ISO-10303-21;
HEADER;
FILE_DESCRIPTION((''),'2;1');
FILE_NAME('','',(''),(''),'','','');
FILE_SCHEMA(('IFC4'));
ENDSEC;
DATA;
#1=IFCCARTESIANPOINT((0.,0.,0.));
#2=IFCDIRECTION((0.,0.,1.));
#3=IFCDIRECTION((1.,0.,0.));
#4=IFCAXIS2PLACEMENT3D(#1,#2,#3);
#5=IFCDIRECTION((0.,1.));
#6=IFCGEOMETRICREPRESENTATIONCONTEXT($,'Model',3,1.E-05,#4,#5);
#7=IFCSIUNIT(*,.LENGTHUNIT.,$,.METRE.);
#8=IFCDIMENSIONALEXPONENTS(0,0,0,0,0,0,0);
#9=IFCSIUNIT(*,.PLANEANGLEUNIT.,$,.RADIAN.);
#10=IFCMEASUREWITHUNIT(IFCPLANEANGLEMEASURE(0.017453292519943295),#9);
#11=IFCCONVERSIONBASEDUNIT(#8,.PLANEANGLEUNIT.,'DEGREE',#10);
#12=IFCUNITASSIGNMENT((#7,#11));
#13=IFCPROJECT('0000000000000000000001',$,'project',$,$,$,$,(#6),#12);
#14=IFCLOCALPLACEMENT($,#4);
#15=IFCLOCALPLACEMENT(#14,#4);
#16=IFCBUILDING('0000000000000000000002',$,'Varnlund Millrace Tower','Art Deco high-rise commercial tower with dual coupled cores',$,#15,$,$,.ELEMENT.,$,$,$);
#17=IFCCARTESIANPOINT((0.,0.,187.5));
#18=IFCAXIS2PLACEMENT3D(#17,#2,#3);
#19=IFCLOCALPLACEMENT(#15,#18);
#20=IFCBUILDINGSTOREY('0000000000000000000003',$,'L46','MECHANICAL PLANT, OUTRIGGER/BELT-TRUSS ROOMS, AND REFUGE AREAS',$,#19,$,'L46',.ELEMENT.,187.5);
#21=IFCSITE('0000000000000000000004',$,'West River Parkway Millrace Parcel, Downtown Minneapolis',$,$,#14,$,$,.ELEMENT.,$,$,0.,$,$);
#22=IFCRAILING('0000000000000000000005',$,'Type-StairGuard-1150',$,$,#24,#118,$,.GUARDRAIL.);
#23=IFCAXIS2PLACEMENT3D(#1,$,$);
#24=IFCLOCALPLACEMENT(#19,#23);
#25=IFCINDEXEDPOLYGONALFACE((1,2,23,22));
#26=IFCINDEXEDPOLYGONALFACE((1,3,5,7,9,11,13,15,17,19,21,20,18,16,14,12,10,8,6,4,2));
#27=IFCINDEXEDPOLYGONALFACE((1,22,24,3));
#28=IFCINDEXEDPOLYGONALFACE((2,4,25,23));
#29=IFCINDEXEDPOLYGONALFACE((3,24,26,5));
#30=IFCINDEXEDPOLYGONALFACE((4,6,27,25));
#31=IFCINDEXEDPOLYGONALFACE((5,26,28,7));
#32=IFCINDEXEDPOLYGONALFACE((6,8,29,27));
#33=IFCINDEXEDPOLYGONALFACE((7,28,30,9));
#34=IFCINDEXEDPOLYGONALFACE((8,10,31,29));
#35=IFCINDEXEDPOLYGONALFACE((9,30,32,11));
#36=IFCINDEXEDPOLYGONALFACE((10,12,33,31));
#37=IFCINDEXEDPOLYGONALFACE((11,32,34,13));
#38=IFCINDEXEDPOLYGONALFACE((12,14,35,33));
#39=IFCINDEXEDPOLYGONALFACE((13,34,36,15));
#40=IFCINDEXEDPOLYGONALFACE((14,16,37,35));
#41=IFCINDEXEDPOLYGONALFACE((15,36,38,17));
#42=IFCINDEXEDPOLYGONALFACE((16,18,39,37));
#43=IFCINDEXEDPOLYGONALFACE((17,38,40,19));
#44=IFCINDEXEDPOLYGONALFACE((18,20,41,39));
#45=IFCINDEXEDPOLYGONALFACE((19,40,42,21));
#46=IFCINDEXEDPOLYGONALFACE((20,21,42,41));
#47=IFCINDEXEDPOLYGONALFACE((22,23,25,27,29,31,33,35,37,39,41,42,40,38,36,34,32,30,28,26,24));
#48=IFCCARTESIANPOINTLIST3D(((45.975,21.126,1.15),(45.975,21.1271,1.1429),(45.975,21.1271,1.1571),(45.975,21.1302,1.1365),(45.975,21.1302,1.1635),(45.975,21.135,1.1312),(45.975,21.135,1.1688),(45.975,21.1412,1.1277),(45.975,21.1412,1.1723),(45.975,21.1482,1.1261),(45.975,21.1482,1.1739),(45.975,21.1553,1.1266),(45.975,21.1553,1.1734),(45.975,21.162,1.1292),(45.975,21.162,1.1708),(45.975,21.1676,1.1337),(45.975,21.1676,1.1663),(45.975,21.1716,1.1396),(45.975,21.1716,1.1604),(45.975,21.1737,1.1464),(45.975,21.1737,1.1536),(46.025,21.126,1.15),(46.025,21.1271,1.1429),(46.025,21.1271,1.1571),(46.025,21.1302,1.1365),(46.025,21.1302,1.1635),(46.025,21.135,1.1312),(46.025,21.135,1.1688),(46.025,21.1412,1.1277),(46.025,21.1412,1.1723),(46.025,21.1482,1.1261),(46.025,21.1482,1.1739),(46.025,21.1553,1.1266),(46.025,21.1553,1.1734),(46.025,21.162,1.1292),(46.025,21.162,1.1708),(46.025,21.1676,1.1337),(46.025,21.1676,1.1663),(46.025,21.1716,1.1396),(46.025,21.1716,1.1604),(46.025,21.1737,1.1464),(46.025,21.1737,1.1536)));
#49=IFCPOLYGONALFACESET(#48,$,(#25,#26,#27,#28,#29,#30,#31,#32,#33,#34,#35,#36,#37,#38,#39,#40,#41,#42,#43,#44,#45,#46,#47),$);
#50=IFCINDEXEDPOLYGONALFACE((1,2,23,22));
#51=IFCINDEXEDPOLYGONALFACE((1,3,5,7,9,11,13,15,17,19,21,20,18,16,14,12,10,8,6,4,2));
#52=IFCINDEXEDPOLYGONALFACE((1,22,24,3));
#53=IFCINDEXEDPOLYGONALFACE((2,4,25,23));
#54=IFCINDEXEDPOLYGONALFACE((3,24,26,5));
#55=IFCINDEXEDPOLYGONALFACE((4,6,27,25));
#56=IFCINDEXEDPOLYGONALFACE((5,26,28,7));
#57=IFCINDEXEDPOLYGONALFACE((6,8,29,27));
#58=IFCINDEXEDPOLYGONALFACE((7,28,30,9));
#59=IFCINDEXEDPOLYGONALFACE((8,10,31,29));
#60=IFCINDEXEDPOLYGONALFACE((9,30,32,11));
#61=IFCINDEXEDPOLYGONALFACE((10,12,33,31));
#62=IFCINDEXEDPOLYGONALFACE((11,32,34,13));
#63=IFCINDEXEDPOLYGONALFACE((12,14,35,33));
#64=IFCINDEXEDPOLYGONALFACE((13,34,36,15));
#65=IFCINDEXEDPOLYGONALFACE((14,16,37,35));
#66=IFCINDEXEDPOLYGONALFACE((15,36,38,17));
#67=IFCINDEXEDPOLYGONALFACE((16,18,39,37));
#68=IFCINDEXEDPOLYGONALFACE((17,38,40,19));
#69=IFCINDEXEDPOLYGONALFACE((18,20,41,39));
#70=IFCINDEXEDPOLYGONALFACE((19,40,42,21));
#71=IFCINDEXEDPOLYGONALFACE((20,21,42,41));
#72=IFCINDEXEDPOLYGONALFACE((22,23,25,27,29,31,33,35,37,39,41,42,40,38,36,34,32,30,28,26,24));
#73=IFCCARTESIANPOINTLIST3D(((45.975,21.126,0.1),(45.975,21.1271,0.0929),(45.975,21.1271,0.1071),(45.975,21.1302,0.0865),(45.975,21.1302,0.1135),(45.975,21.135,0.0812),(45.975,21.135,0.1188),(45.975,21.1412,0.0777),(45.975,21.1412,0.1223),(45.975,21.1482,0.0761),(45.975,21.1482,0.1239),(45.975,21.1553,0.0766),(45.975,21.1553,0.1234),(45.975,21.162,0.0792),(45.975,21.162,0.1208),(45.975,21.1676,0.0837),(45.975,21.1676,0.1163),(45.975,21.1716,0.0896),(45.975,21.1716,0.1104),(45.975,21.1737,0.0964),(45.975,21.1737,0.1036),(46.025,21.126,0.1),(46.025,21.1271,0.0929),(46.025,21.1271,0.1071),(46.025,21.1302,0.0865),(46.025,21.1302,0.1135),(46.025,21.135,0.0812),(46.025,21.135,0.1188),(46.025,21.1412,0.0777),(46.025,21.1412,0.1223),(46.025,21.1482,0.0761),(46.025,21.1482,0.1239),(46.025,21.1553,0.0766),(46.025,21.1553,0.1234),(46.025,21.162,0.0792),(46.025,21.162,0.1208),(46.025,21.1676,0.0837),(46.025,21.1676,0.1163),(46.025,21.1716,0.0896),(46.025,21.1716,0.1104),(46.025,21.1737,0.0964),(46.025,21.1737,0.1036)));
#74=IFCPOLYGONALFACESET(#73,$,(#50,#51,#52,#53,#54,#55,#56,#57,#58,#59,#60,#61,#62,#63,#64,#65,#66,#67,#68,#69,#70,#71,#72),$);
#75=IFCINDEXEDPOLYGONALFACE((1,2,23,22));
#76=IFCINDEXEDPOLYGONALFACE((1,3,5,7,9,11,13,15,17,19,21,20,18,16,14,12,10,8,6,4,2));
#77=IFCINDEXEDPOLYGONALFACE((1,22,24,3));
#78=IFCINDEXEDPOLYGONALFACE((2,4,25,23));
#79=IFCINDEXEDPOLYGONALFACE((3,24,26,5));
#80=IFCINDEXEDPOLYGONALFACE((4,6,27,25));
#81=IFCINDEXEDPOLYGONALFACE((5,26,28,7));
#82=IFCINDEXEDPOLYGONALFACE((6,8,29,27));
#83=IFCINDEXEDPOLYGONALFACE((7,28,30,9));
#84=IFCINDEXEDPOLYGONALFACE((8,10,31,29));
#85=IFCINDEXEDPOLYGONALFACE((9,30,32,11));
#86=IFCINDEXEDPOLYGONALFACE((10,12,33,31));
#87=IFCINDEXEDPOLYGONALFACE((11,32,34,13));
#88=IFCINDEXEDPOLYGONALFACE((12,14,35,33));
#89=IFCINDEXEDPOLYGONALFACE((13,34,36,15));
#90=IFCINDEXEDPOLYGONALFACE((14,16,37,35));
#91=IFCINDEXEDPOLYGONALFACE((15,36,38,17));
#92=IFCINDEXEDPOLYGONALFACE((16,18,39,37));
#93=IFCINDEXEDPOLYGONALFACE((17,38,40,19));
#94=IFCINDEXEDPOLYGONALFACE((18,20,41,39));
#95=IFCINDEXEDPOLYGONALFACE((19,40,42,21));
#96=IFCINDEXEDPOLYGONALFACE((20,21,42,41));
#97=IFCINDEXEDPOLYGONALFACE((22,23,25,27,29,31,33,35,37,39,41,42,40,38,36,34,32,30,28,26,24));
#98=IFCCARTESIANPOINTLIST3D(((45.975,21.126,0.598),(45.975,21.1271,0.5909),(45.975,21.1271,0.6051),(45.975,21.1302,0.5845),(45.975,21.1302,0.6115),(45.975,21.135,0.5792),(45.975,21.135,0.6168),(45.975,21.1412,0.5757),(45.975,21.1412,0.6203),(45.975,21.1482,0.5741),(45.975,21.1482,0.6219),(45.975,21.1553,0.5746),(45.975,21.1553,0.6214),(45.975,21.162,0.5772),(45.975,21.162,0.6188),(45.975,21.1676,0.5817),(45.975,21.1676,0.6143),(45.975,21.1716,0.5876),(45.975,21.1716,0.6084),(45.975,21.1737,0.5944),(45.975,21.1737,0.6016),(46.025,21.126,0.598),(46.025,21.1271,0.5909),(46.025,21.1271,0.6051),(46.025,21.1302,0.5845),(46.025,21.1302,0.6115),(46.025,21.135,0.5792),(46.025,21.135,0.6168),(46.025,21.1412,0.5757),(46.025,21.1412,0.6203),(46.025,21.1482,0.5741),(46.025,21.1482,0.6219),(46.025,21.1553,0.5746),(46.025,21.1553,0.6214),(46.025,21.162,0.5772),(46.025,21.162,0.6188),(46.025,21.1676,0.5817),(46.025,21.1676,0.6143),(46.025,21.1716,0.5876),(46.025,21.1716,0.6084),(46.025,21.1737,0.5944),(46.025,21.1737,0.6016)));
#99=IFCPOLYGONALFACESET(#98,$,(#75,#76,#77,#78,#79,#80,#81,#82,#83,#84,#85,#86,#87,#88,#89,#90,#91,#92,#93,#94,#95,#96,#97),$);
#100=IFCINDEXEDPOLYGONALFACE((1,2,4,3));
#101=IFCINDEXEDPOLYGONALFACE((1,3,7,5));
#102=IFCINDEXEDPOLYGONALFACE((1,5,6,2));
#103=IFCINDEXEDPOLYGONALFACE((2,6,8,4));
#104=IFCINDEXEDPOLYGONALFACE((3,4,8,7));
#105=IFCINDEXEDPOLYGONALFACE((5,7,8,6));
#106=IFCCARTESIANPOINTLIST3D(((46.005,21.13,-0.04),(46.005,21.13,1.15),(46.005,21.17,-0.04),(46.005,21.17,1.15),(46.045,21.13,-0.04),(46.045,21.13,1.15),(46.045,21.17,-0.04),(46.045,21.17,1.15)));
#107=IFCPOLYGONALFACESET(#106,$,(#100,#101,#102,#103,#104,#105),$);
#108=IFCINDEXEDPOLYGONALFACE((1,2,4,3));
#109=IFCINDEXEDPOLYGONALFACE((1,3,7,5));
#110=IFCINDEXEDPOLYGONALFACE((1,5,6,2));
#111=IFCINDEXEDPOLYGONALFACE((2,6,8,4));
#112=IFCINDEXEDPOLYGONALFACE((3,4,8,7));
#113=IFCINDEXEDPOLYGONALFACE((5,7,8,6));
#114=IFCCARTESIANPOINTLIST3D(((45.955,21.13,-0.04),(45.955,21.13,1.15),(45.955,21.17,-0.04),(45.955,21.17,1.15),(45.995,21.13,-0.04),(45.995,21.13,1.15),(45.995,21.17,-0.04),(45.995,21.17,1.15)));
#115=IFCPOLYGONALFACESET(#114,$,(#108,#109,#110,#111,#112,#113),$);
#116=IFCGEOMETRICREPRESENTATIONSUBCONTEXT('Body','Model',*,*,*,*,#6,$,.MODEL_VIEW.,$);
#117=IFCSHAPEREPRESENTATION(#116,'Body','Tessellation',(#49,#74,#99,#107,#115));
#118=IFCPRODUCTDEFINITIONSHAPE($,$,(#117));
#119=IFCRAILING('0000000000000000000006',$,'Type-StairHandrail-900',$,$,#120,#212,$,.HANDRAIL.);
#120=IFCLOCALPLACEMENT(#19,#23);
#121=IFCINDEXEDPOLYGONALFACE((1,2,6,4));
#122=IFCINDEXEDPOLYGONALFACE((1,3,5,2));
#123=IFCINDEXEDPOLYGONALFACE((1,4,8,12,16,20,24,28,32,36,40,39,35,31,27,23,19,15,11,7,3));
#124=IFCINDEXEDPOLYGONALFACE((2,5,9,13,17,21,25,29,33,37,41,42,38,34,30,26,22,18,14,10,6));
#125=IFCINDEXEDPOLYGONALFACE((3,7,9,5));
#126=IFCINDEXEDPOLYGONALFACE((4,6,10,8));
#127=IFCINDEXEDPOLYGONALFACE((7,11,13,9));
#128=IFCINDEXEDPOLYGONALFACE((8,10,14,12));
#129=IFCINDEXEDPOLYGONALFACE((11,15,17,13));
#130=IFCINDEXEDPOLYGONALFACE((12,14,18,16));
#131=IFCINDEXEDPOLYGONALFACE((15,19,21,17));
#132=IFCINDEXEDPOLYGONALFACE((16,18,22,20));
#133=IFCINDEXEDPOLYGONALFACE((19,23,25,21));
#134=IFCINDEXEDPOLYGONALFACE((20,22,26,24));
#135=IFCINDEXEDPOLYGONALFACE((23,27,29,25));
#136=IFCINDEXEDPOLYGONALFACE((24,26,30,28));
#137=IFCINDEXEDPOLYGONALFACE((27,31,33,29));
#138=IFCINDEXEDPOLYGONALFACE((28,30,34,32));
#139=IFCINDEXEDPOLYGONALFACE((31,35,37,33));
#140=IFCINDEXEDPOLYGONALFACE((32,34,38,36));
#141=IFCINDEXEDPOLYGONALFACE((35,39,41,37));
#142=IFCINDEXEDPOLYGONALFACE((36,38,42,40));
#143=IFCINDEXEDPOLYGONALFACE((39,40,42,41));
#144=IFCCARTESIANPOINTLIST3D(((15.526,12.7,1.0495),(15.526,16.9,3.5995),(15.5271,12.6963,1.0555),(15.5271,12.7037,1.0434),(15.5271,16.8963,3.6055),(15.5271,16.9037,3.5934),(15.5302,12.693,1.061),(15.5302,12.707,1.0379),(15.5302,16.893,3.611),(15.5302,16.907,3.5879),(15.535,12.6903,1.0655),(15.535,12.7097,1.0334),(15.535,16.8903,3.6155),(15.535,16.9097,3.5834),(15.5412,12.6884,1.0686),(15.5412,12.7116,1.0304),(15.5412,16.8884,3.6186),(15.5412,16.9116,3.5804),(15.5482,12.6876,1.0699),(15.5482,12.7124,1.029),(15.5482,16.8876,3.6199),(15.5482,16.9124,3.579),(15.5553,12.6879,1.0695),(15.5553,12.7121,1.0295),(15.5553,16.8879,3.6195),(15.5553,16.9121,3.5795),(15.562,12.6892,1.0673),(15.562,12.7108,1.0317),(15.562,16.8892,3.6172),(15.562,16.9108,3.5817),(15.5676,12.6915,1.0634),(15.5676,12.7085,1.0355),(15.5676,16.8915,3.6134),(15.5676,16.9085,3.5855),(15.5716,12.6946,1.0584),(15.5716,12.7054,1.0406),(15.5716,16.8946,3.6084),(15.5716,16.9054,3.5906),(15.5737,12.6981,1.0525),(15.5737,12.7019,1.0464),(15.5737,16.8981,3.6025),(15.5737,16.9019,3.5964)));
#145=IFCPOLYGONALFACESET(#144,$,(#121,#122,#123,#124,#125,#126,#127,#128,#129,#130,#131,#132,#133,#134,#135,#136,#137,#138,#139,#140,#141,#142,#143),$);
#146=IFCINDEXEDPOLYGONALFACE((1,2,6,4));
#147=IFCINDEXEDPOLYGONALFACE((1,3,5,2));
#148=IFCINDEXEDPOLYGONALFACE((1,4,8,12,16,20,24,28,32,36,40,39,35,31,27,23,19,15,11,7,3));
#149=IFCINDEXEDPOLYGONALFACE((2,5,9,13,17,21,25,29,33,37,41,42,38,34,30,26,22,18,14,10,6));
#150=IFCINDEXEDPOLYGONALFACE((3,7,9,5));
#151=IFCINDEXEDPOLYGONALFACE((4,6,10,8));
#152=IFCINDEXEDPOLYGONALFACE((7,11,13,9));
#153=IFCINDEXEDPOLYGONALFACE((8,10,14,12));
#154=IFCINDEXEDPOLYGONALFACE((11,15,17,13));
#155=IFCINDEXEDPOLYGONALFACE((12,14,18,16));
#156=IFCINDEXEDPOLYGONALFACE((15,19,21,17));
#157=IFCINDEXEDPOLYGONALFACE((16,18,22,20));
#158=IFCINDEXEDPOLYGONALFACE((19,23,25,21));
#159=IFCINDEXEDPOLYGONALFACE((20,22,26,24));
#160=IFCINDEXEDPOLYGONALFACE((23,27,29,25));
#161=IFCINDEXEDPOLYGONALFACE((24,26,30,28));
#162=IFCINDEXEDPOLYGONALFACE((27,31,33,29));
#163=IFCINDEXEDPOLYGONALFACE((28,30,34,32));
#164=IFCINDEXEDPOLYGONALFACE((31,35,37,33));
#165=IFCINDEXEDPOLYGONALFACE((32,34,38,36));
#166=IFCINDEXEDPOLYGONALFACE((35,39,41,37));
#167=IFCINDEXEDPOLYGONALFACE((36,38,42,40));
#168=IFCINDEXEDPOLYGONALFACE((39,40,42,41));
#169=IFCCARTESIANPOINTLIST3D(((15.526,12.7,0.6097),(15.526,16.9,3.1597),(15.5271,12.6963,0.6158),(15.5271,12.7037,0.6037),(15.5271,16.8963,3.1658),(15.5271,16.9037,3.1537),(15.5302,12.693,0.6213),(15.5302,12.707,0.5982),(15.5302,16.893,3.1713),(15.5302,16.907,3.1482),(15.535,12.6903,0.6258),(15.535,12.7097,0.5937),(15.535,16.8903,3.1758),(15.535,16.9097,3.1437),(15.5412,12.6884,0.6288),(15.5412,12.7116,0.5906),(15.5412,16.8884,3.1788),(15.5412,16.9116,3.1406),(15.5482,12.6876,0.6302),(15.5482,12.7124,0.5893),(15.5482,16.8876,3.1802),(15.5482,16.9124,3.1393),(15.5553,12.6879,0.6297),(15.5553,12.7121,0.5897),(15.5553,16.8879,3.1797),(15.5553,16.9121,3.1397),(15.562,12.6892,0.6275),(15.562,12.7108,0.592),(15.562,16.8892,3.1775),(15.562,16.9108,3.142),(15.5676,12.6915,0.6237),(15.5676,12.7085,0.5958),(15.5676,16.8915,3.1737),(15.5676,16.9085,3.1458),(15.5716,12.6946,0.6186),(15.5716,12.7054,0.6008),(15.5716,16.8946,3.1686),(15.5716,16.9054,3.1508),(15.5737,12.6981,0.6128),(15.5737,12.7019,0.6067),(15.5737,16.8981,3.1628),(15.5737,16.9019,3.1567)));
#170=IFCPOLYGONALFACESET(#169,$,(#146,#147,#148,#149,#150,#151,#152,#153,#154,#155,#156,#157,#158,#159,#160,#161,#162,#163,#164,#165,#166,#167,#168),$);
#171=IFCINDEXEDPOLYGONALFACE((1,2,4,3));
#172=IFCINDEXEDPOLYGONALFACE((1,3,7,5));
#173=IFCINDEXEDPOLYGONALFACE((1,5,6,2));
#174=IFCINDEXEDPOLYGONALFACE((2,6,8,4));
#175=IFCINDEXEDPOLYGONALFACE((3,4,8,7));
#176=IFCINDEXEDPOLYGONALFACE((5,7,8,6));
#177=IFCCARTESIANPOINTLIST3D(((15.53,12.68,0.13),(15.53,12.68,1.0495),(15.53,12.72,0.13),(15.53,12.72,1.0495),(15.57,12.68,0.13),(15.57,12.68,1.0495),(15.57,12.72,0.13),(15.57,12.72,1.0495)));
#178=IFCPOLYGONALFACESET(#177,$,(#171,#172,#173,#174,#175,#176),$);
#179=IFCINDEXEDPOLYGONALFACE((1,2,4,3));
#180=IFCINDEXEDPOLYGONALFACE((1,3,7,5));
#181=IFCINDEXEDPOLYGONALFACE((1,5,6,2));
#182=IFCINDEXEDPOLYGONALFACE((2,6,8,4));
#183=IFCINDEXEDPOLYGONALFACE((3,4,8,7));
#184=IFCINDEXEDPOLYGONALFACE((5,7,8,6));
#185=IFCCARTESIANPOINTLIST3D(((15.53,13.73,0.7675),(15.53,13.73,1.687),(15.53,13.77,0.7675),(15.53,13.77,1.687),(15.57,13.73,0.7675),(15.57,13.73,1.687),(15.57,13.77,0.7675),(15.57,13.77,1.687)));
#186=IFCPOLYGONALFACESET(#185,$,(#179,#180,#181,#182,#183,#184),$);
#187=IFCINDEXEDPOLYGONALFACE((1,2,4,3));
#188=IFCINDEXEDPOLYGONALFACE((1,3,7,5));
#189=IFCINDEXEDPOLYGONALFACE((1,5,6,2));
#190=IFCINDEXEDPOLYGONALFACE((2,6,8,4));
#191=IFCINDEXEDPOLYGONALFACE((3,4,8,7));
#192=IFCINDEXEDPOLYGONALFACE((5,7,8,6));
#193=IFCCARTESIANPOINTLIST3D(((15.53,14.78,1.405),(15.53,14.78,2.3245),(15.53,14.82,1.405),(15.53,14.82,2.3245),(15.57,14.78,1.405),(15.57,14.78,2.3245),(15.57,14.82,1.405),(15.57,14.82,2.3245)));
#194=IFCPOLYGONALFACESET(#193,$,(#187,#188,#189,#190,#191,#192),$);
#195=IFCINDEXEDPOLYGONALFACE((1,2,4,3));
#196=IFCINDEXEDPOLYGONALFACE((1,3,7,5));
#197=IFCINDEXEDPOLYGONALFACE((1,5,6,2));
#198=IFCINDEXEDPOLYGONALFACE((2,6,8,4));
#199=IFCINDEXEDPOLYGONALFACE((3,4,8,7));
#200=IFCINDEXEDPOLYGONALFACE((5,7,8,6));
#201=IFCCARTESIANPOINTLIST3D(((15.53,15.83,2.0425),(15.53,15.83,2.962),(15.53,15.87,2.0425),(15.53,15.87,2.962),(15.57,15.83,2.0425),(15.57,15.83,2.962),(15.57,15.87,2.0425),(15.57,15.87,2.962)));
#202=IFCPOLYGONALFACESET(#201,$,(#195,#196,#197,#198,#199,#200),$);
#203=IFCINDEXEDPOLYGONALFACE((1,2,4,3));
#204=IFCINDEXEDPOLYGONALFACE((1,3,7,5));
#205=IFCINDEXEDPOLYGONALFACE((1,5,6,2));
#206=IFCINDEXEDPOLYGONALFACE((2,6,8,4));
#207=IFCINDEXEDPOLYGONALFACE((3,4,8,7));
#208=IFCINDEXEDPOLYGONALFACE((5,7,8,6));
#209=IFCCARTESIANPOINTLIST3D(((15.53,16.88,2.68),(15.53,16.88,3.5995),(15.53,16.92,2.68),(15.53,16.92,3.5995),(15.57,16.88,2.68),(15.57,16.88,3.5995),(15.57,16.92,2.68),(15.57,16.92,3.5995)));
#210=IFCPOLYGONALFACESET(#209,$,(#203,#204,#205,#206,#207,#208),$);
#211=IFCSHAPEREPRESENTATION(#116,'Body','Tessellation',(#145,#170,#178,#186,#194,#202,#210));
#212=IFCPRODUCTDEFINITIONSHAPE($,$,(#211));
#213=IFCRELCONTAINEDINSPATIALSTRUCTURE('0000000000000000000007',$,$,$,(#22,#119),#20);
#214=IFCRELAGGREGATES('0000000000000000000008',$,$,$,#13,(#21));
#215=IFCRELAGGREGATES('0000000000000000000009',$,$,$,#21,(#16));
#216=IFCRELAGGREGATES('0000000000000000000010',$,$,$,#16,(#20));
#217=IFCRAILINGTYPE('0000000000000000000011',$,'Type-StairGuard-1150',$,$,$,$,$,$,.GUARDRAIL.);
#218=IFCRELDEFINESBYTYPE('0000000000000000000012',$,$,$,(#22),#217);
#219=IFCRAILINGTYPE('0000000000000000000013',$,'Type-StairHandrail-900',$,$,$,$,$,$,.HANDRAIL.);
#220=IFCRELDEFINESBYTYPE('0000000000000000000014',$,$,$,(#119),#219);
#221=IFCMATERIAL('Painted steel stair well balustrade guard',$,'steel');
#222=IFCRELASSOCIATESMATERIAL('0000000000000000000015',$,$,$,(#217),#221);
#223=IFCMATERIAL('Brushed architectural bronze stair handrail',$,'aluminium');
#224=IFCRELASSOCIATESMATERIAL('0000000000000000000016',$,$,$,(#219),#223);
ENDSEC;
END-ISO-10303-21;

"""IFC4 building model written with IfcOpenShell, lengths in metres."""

from ifc_helpers import new_model, entity, si_unit, converted_unit, direction, frame, origin_with_axes, origin_2d_with_axis, place, context, subcontext, project, spatial, rectangle, circle, extrude, material, type_object, element, save


model = new_model("IFC4")

# Units and contexts
model_context = context("Model", 3, precision=1e-05, world=origin_with_axes(), true_north=direction((0.0, 1.0)))
body_context = subcontext(model_context, "Body", "Model", "MODEL_VIEW")
ifc_project = project(units=[si_unit("LENGTHUNIT", "METRE"), converted_unit("PLANEANGLEUNIT", "DEGREE", entity("IfcPlaneAngleMeasure", 0.017453292519943295), si_unit("PLANEANGLEUNIT", "RADIAN"), dimensions=[0, 0, 0, 0, 0, 0, 0])], contexts=[model_context])

# Site, building, storey
site_placement = place(None, origin_with_axes())
site = spatial("IfcSite", under=ifc_project, at=site_placement, Name="West River Parkway Millrace Parcel, Downtown Minneapolis", CompositionType="ELEMENT", RefElevation=0.0)
building_placement = place(site_placement, origin_with_axes())
building = spatial("IfcBuilding", under=site, at=building_placement, Name="Varnlund Millrace Tower", Description="Art Deco high-rise commercial tower with dual coupled cores", CompositionType="ELEMENT")
storey_placement = place(building_placement, frame((0.0, 0.0, 187.5), z_axis=(0.0, 0.0, 1.0), x_axis=(1.0, 0.0, 0.0)))
storey = spatial("IfcBuildingStorey", under=building, at=storey_placement, Name="L46", Description="MECHANICAL PLANT, OUTRIGGER/BELT-TRUSS ROOMS, AND REFUGE AREAS", LongName="L46", CompositionType="ELEMENT", Elevation=187.5)

# Railings
ifc_material_1 = material(Name="Painted steel stair well balustrade guard", Category="steel")
railing_type_1 = type_object("IfcRailingType", Name="Type-StairGuard-1150", PredefinedType="GUARDRAIL", material=ifc_material_1)
railing_1_placement = place(storey_placement, frame((0.0, 0.0, -187.5), z_axis=(0.0, 0.0, 1.0), x_axis=(1.0, 0.0, 0.0)))
element("IfcRailing", 1, at=railing_1_placement, inside=storey, type_object=railing_type_1, Name="Type-StairGuard-1150", PredefinedType="GUARDRAIL", context=body_context, shape_type="SweptSolid", body=[
    extrude(circle(Radius=0.024, at=origin_2d_with_axis()), frame((46.025, 21.15, 188.65), z_axis=(-1.0, 0.0, 0.0), x_axis=(0.0, -1.0, 0.0)), (0.0, 0.0, 1.0), 0.05),
    extrude(circle(Radius=0.024, at=origin_2d_with_axis()), frame((46.025, 21.15, 187.6), z_axis=(-1.0, 0.0, 0.0), x_axis=(0.0, -1.0, 0.0)), (0.0, 0.0, 1.0), 0.05),
    extrude(circle(Radius=0.024, at=origin_2d_with_axis()), frame((46.025, 21.15, 188.098), z_axis=(-1.0, 0.0, 0.0), x_axis=(0.0, -1.0, 0.0)), (0.0, 0.0, 1.0), 0.05),
    extrude(rectangle(XDim=0.04, YDim=0.04, at=origin_2d_with_axis()), frame((46.025, 21.15, 187.46), z_axis=(0.0, 0.0, 1.0), x_axis=(1.0, 0.0, 0.0)), (0.0, 0.0, 1.0), 1.19),
    extrude(rectangle(XDim=0.04, YDim=0.04, at=origin_2d_with_axis()), frame((45.975, 21.15, 187.46), z_axis=(0.0, 0.0, 1.0), x_axis=(1.0, 0.0, 0.0)), (0.0, 0.0, 1.0), 1.19),
])
ifc_material_2 = material(Name="Brushed architectural bronze stair handrail", Category="aluminium")
railing_type_2 = type_object("IfcRailingType", Name="Type-StairHandrail-900", PredefinedType="HANDRAIL", material=ifc_material_2)
railing_2_placement = place(storey_placement, frame((0.0, 0.0, -187.5), z_axis=(0.0, 0.0, 1.0), x_axis=(1.0, 0.0, 0.0)))
element("IfcRailing", 2, at=railing_2_placement, inside=storey, type_object=railing_type_2, Name="Type-StairHandrail-900", PredefinedType="HANDRAIL", context=body_context, shape_type="SweptSolid", body=[
    extrude(circle(Radius=0.024, at=origin_2d_with_axis()), frame((15.55, 12.7, 188.5495), z_axis=(0.0, 0.854788, 0.518978), x_axis=(-1.0, 0.0, 0.0)), (0.0, 0.0, 1.0), 4.9135),
    extrude(circle(Radius=0.024, at=origin_2d_with_axis()), frame((15.55, 12.7, 188.1097), z_axis=(0.0, 0.854788, 0.518978), x_axis=(-1.0, 0.0, 0.0)), (0.0, 0.0, 1.0), 4.9135),
    extrude(rectangle(XDim=0.04, YDim=0.04, at=origin_2d_with_axis()), frame((15.55, 12.7, 187.63), z_axis=(0.0, 0.0, 1.0), x_axis=(1.0, 0.0, 0.0)), (0.0, 0.0, 1.0), 0.9195),
    extrude(rectangle(XDim=0.04, YDim=0.04, at=origin_2d_with_axis()), frame((15.55, 13.75, 188.2675), z_axis=(0.0, 0.0, 1.0), x_axis=(1.0, 0.0, 0.0)), (0.0, 0.0, 1.0), 0.9195),
    extrude(rectangle(XDim=0.04, YDim=0.04, at=origin_2d_with_axis()), frame((15.55, 14.8, 188.905), z_axis=(0.0, 0.0, 1.0), x_axis=(1.0, 0.0, 0.0)), (0.0, 0.0, 1.0), 0.9195),
    extrude(rectangle(XDim=0.04, YDim=0.04, at=origin_2d_with_axis()), frame((15.55, 15.85, 189.5425), z_axis=(0.0, 0.0, 1.0), x_axis=(1.0, 0.0, 0.0)), (0.0, 0.0, 1.0), 0.9195),
    extrude(rectangle(XDim=0.04, YDim=0.04, at=origin_2d_with_axis()), frame((15.55, 16.9, 190.18), z_axis=(0.0, 0.0, 1.0), x_axis=(1.0, 0.0, 0.0)), (0.0, 0.0, 1.0), 0.9195),
])

save(model, "model.ifc")
